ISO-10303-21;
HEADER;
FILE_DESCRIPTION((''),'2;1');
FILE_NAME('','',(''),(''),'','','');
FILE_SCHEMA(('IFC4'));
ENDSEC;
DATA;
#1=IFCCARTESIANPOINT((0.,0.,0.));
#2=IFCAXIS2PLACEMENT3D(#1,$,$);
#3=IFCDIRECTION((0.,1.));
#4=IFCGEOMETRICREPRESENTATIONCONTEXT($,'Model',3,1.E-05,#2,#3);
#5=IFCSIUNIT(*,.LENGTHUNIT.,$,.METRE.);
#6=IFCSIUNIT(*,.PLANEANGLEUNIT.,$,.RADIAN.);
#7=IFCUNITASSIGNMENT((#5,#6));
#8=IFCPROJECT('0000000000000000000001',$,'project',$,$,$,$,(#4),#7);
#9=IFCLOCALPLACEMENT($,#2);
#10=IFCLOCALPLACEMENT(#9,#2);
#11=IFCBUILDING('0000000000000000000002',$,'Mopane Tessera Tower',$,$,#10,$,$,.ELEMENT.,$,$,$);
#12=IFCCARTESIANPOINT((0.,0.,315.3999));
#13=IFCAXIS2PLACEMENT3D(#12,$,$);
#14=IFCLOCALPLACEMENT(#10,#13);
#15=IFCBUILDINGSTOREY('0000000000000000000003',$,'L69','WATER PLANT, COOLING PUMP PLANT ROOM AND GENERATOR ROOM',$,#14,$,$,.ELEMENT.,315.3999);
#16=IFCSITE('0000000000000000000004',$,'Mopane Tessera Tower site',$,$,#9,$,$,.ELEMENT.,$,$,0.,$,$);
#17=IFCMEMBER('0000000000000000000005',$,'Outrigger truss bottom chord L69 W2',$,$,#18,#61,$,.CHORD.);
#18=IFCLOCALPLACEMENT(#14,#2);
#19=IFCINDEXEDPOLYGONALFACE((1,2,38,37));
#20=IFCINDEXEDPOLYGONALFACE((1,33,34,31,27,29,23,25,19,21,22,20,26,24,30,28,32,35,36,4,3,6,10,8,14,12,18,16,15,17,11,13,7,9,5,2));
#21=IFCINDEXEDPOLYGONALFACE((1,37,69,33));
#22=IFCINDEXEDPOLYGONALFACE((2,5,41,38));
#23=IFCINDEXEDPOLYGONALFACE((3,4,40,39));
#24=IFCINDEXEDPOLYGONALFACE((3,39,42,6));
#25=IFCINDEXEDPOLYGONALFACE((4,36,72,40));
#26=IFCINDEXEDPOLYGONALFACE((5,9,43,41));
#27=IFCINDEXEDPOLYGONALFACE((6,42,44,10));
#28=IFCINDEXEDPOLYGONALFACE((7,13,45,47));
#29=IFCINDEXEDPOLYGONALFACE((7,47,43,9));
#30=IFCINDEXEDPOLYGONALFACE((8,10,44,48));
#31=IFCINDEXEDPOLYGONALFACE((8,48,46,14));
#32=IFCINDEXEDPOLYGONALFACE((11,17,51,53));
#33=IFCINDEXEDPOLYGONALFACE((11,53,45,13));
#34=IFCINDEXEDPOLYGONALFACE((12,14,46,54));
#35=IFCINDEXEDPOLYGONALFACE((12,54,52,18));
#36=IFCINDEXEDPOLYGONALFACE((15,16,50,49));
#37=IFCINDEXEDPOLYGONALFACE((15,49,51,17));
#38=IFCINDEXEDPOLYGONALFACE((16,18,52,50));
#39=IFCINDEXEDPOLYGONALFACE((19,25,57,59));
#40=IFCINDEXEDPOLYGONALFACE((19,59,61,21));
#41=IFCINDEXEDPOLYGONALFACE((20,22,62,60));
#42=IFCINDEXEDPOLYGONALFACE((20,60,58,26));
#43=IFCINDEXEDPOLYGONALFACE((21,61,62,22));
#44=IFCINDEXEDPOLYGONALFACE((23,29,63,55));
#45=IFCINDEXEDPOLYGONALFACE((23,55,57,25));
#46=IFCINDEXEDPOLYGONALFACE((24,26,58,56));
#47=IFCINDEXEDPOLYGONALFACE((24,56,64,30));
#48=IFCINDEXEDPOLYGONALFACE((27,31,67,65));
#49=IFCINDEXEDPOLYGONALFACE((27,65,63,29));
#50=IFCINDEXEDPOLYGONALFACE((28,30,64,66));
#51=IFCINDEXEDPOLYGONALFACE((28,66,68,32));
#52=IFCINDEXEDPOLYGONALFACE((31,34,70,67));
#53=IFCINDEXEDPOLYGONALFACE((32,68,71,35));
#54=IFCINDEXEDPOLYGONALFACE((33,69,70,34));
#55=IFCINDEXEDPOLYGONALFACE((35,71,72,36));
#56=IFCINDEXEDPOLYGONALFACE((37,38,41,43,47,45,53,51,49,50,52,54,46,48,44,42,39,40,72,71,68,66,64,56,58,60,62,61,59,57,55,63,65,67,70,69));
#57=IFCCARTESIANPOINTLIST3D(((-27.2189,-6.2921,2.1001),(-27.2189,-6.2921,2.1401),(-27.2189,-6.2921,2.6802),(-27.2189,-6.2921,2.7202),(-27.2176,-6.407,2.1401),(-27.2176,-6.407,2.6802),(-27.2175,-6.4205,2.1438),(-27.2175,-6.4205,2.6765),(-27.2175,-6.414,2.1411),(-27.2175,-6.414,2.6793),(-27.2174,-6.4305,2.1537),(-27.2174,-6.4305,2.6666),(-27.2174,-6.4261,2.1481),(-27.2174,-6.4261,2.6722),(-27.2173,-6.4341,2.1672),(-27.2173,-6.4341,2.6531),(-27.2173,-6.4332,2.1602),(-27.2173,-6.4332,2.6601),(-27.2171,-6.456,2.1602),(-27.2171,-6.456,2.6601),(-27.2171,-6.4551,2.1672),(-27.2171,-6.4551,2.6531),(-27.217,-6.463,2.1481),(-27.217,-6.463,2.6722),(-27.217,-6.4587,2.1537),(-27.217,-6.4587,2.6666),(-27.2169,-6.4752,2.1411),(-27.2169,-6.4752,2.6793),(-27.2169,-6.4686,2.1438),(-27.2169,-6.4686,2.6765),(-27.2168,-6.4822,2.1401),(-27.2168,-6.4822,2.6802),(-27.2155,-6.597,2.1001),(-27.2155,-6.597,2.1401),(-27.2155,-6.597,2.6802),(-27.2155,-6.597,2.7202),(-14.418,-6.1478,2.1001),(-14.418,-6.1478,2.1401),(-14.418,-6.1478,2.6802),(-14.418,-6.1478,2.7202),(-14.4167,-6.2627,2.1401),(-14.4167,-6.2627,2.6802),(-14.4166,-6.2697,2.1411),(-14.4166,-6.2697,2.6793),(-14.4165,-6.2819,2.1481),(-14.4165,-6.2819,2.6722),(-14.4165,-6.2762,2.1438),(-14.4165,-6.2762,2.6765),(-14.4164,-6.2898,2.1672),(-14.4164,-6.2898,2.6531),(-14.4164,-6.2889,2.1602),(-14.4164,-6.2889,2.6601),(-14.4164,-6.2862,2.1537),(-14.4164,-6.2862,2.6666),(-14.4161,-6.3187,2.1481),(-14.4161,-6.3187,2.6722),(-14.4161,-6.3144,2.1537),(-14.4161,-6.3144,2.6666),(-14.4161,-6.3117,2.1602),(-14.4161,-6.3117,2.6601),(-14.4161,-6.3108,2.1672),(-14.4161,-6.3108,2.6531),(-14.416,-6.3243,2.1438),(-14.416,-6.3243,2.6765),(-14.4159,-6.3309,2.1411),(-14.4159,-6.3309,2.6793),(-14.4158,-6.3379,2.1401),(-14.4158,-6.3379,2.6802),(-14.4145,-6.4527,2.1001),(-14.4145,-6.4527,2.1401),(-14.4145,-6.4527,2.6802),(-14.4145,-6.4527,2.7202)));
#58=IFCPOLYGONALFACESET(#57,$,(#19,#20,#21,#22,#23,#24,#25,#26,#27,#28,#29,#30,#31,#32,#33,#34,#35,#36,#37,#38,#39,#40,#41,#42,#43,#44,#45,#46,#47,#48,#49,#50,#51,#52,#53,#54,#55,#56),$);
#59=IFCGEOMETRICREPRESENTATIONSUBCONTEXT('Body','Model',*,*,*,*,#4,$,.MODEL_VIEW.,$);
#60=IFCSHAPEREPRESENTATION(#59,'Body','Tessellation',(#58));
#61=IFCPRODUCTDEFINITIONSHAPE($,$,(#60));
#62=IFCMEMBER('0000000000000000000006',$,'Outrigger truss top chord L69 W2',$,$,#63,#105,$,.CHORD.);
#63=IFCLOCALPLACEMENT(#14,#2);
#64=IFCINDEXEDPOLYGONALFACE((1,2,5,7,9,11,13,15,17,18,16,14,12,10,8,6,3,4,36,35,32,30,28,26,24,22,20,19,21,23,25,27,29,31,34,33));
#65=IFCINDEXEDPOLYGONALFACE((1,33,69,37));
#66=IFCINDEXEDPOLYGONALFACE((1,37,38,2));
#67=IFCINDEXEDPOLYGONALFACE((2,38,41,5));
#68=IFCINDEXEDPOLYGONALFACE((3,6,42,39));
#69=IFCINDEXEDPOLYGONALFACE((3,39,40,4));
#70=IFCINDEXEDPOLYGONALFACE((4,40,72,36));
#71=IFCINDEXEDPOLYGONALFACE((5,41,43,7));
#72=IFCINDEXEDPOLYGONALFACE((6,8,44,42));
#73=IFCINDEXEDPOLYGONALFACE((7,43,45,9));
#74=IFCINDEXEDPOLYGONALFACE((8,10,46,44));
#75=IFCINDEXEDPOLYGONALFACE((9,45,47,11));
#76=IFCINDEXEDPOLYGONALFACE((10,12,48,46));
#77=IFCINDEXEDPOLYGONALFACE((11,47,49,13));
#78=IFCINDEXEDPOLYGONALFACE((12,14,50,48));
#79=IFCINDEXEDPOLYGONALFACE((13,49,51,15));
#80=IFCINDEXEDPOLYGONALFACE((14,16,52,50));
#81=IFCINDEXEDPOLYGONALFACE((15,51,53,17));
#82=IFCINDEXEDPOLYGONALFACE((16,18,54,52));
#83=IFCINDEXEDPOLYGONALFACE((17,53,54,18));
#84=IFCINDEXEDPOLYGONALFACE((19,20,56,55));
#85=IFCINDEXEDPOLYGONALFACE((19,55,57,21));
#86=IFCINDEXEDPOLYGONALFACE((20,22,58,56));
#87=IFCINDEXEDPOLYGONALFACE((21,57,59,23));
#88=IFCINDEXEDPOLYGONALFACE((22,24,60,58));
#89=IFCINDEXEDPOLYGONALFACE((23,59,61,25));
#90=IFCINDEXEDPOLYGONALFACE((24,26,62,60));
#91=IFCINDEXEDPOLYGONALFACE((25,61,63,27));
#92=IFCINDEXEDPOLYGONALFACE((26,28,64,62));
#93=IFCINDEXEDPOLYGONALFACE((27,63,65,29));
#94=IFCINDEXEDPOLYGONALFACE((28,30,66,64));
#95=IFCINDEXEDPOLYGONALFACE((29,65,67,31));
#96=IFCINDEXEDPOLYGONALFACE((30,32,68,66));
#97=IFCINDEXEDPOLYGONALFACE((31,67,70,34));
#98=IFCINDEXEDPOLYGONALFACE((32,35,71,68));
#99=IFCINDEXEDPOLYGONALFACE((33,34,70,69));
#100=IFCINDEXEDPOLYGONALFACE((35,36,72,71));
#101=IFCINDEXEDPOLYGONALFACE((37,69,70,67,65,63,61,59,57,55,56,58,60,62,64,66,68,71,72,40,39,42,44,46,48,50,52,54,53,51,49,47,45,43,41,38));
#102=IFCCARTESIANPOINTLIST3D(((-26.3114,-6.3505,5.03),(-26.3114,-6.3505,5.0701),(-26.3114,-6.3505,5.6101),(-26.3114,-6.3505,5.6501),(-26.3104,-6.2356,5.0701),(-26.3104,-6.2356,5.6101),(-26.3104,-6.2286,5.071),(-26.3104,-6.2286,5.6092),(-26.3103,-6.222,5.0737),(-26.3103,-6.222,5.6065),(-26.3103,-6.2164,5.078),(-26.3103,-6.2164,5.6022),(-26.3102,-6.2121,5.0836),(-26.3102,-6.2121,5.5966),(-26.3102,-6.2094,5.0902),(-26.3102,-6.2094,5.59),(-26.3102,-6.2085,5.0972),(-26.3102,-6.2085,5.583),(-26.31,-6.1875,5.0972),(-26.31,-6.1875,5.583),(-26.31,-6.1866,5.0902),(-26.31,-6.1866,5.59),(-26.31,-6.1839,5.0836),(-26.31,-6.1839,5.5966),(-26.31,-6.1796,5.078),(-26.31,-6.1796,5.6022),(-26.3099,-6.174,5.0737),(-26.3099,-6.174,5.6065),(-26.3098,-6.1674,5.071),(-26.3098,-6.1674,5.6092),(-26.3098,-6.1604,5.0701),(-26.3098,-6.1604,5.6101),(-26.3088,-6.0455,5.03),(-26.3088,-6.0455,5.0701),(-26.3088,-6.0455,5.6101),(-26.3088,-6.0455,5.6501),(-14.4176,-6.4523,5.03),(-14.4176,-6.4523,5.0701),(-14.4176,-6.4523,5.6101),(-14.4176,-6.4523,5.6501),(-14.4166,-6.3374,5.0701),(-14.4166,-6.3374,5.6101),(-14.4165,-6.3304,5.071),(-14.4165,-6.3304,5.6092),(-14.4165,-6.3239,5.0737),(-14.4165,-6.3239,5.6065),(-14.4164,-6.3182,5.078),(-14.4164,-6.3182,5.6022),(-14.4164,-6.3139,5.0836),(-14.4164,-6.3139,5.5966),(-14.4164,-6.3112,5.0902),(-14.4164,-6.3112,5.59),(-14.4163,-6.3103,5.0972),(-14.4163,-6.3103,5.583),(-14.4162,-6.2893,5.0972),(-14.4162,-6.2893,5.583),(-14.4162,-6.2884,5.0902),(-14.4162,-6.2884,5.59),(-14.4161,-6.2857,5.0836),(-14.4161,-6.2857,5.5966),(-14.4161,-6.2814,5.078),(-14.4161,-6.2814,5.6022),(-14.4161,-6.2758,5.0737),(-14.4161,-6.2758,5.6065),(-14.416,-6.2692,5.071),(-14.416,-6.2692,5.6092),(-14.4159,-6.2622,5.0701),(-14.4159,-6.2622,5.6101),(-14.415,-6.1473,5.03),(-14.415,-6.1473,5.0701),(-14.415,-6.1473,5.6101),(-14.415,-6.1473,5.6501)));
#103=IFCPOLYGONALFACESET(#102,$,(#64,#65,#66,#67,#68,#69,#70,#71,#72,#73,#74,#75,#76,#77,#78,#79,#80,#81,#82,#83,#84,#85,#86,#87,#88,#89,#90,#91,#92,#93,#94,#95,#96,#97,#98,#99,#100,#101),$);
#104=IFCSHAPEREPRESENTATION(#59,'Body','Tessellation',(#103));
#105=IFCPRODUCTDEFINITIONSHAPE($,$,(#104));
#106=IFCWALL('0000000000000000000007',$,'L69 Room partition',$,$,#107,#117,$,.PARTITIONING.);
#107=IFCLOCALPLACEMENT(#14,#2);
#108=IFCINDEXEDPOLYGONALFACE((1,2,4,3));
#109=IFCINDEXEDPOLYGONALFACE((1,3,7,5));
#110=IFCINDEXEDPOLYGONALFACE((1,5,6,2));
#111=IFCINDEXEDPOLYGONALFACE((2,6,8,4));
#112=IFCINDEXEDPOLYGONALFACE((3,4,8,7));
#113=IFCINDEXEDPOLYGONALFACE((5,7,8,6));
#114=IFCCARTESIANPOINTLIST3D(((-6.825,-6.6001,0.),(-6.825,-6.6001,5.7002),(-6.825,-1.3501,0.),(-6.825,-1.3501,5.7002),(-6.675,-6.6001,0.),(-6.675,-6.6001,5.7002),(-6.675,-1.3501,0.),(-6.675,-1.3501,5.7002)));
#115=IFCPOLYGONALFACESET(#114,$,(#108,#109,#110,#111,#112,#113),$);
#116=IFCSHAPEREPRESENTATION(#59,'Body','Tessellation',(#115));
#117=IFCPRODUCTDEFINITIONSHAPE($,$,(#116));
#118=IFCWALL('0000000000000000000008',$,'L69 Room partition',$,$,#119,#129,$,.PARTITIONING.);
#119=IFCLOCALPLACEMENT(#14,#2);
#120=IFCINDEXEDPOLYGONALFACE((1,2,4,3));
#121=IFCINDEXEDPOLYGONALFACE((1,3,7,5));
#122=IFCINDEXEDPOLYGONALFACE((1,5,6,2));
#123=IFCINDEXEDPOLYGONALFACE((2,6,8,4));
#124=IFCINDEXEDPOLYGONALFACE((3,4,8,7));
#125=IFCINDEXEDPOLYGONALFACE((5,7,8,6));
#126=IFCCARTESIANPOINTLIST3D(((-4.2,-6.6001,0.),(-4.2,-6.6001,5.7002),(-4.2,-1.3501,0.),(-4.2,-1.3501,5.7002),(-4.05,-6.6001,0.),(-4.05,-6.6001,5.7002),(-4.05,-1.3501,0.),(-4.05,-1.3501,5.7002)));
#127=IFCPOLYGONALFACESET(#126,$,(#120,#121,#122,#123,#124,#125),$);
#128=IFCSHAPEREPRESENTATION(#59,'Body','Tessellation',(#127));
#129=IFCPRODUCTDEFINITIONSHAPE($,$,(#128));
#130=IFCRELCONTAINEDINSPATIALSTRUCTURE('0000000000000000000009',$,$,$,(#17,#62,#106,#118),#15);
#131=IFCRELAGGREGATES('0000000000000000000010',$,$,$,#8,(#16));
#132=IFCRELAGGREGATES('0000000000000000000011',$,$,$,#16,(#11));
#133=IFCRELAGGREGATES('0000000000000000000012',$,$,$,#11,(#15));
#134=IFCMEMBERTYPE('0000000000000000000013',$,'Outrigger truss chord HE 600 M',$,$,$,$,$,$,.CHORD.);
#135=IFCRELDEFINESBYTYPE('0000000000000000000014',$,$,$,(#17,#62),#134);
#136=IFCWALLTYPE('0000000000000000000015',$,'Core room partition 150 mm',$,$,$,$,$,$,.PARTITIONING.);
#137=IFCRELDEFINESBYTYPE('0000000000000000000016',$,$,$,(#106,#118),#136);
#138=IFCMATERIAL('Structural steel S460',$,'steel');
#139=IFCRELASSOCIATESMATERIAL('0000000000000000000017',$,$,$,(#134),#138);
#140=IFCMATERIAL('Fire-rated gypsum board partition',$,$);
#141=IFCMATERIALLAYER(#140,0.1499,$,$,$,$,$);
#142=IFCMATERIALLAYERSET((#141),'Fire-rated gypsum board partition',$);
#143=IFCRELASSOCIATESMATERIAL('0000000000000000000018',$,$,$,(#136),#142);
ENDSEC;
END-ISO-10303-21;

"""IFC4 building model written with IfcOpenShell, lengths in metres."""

from ifc_helpers import new_model, si_unit, direction, frame, frame_2d, origin, origin_2d, place, context, subcontext, project, spatial, rectangle, i_section, extrude, material, layer, layer_set, material_profile, profile_set, type_object, element, save


model = new_model("IFC4")

# Units and contexts
model_context = context("Model", 3, precision=1e-05, world=origin(), true_north=direction((0.0, 1.0)))
body_context = subcontext(model_context, "Body", "Model", "MODEL_VIEW")
ifc_project = project(units=[si_unit("LENGTHUNIT", "METRE"), si_unit("PLANEANGLEUNIT", "RADIAN")], contexts=[model_context])

# Site, building, storey
site_placement = place(None, origin())
site = spatial("IfcSite", under=ifc_project, at=site_placement, Name="Mopane Tessera Tower site", CompositionType="ELEMENT", RefElevation=0.0)
building_placement = place(site_placement, origin())
building = spatial("IfcBuilding", under=site, at=building_placement, Name="Mopane Tessera Tower", CompositionType="ELEMENT")
storey_placement = place(building_placement, frame((0.0, 0.0, 315.3999)))
storey = spatial("IfcBuildingStorey", under=building, at=storey_placement, Name="L69", Description="WATER PLANT, COOLING PUMP PLANT ROOM AND GENERATOR ROOM", CompositionType="ELEMENT", Elevation=315.3999)

# Members
ifc_material_1 = material(Name="Structural steel S460", Category="steel")
ifc_material_profile = material_profile(ifc_material_1, i_section(OverallWidth=0.3049, OverallDepth=0.6201, WebThickness=0.021, FlangeThickness=0.04, FilletRadius=0.0271, at=origin_2d()))
ifc_profile_set = profile_set([ifc_material_profile], Name="Structural steel S460")
member_type = type_object("IfcMemberType", Name="Outrigger truss chord HE 600 M", PredefinedType="CHORD", material=ifc_profile_set)
member_1_placement = place(storey_placement, frame((-14.4163, -6.3003, 2.4102), z_axis=(-0.999936, -0.011271, 0.0), x_axis=(0.011271, -0.999936, 0.0)))
element("IfcMember", 1, at=member_1_placement, inside=storey, type_object=member_type, Name="Outrigger truss bottom chord L69 W2", PredefinedType="CHORD", context=body_context, shape_type="SweptSolid", body=[
    extrude(i_section(OverallWidth=0.3049, OverallDepth=0.6201, WebThickness=0.021, FlangeThickness=0.04, FilletRadius=0.0271, at=origin_2d()), origin(), (0.0, 0.0, 1.0), 12.8018),
])
member_2_placement = place(storey_placement, frame((-14.4163, -6.2998, 5.3401), z_axis=(-0.999963, 0.008559, 0.0), x_axis=(-0.008559, -0.999963, 0.0)))
element("IfcMember", 2, at=member_2_placement, inside=storey, type_object=member_type, Name="Outrigger truss top chord L69 W2", PredefinedType="CHORD", context=body_context, shape_type="SweptSolid", body=[
    extrude(i_section(OverallWidth=0.3049, OverallDepth=0.6201, WebThickness=0.021, FlangeThickness=0.04, FilletRadius=0.0271, at=origin_2d()), origin(), (0.0, 0.0, 1.0), 11.8943),
])

# Walls
ifc_material_2 = material(Name="Fire-rated gypsum board partition")
ifc_layer_1 = layer(ifc_material_2, 0.1499)
ifc_layer_set_1 = layer_set([ifc_layer_1], Name="Fire-rated gypsum board partition")
wall_type_1 = type_object("IfcWallType", Name="Core room partition 150 mm", PredefinedType="PARTITIONING", material=ifc_layer_set_1)
for number, where, z_axis, x_axis, name in (
    (3, (-6.75, -6.6001, 0.0), (0.0, 0.0, 1.0), (0.0, 1.0, 0.0), "L69 Room partition"),
    (4, (-4.125, -6.6001, 0.0), (0.0, 0.0, 1.0), (0.0, 1.0, 0.0), "L69 Room partition"),
):
    element("IfcWall", number, at=place(storey_placement, frame(where, z_axis=z_axis, x_axis=x_axis)), inside=storey, type_object=wall_type_1, Name=name, PredefinedType="PARTITIONING", context=body_context, shape_type="SweptSolid", body=[
        extrude(rectangle(XDim=5.25, YDim=0.1499, at=frame_2d((2.625, 0.0))), origin(), (0.0, 0.0, 1.0), 5.7002),
    ])

save(model, "model.ifc")
